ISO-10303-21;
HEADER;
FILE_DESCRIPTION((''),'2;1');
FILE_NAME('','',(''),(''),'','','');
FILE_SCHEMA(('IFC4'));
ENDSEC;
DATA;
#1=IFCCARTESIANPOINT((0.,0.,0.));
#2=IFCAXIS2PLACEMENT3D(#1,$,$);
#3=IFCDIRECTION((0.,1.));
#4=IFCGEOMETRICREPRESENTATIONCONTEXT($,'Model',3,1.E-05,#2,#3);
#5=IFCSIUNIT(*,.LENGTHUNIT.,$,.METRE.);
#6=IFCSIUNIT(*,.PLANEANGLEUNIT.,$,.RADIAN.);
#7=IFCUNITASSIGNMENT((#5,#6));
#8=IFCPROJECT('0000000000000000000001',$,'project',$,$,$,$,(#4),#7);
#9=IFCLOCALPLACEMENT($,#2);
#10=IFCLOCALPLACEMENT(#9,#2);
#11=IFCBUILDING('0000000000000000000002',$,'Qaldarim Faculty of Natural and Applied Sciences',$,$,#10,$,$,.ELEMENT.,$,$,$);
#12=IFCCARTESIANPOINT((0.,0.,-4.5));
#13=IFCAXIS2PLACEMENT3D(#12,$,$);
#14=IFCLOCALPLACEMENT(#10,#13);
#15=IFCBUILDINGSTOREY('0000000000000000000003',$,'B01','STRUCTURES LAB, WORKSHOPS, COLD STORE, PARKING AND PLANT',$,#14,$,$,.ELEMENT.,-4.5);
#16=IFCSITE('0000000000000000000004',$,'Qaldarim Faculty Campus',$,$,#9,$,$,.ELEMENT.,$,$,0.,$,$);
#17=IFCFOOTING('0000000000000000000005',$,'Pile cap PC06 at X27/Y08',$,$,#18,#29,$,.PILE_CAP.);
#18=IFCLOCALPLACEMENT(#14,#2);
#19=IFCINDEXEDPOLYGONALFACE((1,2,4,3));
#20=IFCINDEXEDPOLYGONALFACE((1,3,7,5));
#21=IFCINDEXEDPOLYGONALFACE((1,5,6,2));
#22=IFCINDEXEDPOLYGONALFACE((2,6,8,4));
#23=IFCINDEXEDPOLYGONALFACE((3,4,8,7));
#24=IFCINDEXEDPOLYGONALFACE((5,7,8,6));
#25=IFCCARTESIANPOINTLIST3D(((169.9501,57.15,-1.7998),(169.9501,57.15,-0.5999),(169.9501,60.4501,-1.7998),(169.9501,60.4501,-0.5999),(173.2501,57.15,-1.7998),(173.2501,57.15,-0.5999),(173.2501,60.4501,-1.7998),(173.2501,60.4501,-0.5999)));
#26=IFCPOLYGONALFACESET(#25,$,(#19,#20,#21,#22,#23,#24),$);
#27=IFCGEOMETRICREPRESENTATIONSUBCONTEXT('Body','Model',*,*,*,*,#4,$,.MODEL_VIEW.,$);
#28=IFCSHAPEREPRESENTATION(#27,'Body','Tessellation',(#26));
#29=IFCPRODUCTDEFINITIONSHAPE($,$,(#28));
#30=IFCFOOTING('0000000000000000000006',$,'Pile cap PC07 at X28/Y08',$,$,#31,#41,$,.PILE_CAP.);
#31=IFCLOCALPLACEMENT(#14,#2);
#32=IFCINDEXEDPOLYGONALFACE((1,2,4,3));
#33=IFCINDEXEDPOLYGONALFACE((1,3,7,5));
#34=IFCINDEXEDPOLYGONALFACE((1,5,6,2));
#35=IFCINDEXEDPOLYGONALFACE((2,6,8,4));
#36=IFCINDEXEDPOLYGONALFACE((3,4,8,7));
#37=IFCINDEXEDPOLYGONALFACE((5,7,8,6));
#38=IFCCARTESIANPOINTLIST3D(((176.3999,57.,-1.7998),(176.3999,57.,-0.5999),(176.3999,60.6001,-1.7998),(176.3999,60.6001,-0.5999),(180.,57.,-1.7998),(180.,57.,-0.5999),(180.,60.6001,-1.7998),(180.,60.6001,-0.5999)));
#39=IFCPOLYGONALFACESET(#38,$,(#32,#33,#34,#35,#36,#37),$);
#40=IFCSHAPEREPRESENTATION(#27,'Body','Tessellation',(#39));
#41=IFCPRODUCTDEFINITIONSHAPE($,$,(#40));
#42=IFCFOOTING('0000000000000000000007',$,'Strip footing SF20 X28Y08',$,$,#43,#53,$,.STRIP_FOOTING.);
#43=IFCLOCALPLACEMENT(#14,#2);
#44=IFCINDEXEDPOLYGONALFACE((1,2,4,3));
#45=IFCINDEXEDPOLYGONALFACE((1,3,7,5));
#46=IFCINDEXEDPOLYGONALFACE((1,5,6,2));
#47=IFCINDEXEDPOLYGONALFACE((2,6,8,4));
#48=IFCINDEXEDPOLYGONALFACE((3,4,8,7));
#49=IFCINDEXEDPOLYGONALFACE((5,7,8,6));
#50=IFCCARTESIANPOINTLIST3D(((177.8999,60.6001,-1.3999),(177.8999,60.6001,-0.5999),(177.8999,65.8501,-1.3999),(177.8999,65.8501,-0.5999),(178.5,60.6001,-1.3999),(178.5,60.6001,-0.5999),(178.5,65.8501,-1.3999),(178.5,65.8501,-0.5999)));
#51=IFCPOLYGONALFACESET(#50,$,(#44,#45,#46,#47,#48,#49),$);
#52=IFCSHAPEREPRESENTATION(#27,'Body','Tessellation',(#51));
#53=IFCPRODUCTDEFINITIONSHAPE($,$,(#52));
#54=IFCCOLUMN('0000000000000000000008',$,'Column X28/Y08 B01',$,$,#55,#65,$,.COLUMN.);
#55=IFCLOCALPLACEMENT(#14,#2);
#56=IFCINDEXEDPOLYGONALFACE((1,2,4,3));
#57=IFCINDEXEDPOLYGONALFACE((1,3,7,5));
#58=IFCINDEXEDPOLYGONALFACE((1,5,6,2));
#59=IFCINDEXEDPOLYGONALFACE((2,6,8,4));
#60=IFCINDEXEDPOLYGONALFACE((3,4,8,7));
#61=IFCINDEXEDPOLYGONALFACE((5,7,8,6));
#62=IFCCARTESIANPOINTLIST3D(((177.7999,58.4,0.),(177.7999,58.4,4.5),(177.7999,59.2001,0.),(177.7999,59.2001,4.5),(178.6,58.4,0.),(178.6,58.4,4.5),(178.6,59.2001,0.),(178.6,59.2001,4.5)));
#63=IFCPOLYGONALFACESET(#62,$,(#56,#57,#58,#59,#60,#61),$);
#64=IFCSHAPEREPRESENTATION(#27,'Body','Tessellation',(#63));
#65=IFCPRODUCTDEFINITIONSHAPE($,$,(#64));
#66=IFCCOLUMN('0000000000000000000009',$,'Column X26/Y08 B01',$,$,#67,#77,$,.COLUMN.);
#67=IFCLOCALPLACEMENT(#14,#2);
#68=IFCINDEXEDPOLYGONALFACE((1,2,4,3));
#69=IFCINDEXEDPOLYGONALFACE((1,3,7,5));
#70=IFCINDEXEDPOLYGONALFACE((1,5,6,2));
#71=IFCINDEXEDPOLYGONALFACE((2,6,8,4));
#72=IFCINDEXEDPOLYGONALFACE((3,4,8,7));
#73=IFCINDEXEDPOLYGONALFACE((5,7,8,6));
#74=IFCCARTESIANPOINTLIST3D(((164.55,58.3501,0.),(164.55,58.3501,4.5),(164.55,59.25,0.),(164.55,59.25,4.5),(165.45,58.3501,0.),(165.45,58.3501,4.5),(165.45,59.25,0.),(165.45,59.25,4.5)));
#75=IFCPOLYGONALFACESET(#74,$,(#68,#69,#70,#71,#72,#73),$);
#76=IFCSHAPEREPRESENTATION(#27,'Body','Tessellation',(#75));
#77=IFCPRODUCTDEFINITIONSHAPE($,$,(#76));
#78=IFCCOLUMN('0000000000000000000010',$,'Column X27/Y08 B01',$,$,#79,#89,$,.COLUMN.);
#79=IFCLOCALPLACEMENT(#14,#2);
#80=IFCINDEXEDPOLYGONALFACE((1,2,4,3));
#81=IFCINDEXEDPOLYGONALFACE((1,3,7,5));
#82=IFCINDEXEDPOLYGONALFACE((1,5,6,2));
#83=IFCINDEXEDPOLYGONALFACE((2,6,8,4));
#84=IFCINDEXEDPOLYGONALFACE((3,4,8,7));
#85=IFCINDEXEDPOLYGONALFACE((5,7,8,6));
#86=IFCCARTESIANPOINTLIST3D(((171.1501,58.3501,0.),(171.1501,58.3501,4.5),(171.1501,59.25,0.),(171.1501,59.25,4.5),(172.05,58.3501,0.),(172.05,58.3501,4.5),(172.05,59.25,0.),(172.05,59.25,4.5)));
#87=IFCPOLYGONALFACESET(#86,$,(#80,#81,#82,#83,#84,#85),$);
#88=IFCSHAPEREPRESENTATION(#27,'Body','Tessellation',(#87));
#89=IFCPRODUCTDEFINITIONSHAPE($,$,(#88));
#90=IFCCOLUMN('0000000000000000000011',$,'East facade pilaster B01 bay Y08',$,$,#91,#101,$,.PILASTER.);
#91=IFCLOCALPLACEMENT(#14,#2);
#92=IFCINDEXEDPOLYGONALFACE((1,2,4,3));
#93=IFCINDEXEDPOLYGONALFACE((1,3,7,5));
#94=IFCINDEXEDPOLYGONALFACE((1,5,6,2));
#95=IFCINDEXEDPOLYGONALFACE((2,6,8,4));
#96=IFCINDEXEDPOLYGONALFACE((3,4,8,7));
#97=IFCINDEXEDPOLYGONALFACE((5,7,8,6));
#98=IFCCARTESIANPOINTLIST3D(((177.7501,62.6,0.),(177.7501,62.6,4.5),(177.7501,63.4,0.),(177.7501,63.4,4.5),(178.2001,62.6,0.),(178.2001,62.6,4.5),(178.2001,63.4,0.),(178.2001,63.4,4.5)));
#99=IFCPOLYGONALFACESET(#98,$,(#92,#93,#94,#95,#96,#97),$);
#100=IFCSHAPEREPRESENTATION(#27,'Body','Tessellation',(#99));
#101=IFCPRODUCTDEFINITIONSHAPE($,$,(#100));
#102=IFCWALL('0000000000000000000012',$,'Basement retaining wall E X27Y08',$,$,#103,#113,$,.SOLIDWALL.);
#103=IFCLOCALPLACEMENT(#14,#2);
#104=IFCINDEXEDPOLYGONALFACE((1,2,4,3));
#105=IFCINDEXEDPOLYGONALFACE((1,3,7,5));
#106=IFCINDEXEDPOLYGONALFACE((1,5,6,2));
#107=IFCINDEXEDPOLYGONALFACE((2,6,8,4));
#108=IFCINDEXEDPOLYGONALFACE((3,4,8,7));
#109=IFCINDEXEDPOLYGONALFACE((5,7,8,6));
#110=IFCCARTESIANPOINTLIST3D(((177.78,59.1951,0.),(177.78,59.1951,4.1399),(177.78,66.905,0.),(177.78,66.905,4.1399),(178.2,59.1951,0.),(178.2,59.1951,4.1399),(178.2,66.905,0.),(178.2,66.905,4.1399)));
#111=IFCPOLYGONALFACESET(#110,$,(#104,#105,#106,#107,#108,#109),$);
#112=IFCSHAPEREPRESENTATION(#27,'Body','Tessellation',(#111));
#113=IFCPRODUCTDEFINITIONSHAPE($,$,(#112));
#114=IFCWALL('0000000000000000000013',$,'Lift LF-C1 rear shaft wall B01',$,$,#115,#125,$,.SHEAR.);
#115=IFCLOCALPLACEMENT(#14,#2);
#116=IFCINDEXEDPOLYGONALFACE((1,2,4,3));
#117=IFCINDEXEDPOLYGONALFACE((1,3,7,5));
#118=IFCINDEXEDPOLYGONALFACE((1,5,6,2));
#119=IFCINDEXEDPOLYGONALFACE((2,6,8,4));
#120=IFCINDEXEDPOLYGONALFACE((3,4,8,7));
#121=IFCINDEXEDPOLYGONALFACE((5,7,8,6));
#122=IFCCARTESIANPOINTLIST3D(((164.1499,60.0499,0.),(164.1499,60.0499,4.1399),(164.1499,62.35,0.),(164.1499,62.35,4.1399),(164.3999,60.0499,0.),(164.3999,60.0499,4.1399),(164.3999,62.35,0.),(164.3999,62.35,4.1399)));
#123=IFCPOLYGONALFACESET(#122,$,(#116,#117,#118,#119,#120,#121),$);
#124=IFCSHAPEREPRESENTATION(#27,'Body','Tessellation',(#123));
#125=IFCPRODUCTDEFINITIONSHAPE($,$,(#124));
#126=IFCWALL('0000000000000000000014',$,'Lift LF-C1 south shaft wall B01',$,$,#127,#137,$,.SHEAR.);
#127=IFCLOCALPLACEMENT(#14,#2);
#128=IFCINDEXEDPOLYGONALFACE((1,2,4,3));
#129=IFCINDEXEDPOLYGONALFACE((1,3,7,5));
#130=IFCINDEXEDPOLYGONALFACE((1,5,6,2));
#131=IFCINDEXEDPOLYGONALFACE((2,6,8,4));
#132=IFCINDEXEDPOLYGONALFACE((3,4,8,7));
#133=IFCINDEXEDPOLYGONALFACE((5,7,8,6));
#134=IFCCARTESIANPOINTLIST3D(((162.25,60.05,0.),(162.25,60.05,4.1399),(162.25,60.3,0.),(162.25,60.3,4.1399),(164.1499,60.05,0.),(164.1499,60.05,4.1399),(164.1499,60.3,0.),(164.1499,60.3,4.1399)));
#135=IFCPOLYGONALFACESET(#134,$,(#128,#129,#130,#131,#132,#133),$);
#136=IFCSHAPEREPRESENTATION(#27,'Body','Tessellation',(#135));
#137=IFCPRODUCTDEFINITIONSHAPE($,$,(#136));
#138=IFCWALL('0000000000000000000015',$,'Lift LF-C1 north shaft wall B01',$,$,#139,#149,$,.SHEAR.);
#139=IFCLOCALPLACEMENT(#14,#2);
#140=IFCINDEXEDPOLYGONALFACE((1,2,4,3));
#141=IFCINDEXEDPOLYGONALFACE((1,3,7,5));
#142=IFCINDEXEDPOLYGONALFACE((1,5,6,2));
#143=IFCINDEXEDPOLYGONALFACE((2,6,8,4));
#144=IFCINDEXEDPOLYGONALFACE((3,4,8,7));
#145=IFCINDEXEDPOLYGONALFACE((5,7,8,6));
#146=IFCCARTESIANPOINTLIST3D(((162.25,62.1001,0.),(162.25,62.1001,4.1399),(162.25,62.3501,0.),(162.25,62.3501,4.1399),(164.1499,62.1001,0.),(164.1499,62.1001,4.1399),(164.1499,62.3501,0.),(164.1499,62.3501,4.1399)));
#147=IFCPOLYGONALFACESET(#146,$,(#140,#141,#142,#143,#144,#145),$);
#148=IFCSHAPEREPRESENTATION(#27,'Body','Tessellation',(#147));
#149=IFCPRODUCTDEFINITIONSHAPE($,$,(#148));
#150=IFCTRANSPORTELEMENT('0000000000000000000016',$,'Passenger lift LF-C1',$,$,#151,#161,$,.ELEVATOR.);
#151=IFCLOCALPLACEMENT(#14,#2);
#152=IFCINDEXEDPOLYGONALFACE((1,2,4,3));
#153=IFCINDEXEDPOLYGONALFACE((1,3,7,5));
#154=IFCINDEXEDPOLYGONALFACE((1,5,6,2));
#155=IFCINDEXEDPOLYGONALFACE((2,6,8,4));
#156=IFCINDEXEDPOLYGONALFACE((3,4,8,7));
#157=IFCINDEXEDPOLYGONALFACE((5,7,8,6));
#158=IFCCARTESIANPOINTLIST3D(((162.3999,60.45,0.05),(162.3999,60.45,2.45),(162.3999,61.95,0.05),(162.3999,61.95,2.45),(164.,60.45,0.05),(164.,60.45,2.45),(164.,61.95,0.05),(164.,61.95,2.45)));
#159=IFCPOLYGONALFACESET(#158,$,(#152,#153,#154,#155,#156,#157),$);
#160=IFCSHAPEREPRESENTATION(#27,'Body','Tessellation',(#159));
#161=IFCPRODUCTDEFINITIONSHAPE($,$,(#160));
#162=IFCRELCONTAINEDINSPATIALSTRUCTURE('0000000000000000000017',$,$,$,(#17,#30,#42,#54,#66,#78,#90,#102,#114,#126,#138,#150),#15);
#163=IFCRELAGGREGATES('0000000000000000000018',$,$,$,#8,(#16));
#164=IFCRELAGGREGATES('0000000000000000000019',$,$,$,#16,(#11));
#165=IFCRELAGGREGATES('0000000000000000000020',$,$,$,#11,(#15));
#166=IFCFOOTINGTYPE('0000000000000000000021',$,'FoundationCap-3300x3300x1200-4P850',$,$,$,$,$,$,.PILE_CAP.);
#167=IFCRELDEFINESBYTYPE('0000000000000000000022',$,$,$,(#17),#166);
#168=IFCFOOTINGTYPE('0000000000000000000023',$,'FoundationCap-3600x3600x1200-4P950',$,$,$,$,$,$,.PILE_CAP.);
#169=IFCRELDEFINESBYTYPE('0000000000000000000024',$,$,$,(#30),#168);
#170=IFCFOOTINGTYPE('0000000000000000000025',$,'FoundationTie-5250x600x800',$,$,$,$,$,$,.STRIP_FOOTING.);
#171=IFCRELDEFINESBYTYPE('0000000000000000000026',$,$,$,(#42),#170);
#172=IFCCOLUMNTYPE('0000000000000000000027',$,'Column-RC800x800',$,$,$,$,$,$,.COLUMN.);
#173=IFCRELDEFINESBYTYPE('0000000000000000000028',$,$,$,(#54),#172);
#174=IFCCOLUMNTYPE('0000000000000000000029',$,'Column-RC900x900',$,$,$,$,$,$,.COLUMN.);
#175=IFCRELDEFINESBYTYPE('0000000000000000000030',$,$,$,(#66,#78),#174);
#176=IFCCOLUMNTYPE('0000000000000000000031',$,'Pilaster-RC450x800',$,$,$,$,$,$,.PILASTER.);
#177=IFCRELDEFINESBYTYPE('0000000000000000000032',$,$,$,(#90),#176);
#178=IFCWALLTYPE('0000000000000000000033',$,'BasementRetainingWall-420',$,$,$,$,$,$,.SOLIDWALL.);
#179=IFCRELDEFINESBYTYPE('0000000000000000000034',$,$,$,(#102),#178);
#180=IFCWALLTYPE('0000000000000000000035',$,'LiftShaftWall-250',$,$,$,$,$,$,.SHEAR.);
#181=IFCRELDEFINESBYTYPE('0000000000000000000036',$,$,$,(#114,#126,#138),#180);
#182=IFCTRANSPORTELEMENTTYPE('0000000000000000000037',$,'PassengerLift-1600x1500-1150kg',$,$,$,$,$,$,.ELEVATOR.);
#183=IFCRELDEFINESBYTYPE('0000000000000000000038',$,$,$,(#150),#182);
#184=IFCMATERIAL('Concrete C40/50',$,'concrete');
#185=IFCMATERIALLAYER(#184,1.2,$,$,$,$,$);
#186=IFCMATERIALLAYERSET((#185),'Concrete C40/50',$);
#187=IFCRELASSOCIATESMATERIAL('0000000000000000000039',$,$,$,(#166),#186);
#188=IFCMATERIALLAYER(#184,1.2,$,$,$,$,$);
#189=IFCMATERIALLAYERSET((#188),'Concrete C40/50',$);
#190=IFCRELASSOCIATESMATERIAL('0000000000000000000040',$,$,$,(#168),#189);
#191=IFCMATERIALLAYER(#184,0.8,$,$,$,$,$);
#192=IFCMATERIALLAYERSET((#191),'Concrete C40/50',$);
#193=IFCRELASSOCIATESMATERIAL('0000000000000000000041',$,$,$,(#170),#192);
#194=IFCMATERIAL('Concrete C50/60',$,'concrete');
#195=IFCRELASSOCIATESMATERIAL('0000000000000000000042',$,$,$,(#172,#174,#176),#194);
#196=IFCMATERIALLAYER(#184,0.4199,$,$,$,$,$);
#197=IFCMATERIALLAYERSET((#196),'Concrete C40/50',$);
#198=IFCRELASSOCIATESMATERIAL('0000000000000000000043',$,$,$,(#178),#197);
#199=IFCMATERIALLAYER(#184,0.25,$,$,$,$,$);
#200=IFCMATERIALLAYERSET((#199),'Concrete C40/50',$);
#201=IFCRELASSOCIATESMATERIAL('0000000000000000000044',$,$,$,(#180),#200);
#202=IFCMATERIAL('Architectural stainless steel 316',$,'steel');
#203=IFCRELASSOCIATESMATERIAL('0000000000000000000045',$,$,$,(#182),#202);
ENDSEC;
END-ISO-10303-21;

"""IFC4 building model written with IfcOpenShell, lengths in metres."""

from ifc_helpers import new_model, si_unit, direction, frame, frame_2d, origin, origin_2d, place, context, subcontext, project, spatial, rectangle, extrude, material, layer, layer_set, material_profile, profile_set, type_object, element, save


model = new_model("IFC4")

# Units and contexts
model_context = context("Model", 3, precision=1e-05, world=origin(), true_north=direction((0.0, 1.0)))
body_context = subcontext(model_context, "Body", "Model", "MODEL_VIEW")
ifc_project = project(units=[si_unit("LENGTHUNIT", "METRE"), si_unit("PLANEANGLEUNIT", "RADIAN")], contexts=[model_context])

# Site, building, storey
site_placement = place(None, origin())
site = spatial("IfcSite", under=ifc_project, at=site_placement, Name="Qaldarim Faculty Campus", CompositionType="ELEMENT", RefElevation=0.0)
building_placement = place(site_placement, origin())
building = spatial("IfcBuilding", under=site, at=building_placement, Name="Qaldarim Faculty of Natural and Applied Sciences", CompositionType="ELEMENT")
storey_placement = place(building_placement, frame((0.0, 0.0, -4.5)))
storey = spatial("IfcBuildingStorey", under=building, at=storey_placement, Name="B01", Description="STRUCTURES LAB, WORKSHOPS, COLD STORE, PARKING AND PLANT", CompositionType="ELEMENT", Elevation=-4.5)

# Shared definitions
ifc_material_1 = material(Name="Concrete C40/50", Category="concrete")

# Footings
ifc_layer_1 = layer(ifc_material_1, 1.2)
ifc_layer_set_1 = layer_set([ifc_layer_1], Name="Concrete C40/50")
footing_type_1 = type_object("IfcFootingType", Name="FoundationCap-3300x3300x1200-4P850", PredefinedType="PILE_CAP", material=ifc_layer_set_1)
footing_1_placement = place(storey_placement, frame((171.6001, 58.8, -1.7998), z_axis=(0.0, 0.0, 1.0), x_axis=(1.0, 0.0, 0.0)))
element("IfcFooting", 1, at=footing_1_placement, inside=storey, type_object=footing_type_1, Name="Pile cap PC06 at X27/Y08", PredefinedType="PILE_CAP", context=body_context, shape_type="SweptSolid", body=[
    extrude(rectangle(XDim=3.3, YDim=3.3, at=origin_2d()), origin(), (0.0, 0.0, 1.0), 1.2),
])
ifc_layer_2 = layer(ifc_material_1, 1.2)
ifc_layer_set_2 = layer_set([ifc_layer_2], Name="Concrete C40/50")
footing_type_2 = type_object("IfcFootingType", Name="FoundationCap-3600x3600x1200-4P950", PredefinedType="PILE_CAP", material=ifc_layer_set_2)
footing_2_placement = place(storey_placement, frame((178.2, 58.8, -1.7998), z_axis=(0.0, 0.0, 1.0), x_axis=(1.0, 0.0, 0.0)))
element("IfcFooting", 2, at=footing_2_placement, inside=storey, type_object=footing_type_2, Name="Pile cap PC07 at X28/Y08", PredefinedType="PILE_CAP", context=body_context, shape_type="SweptSolid", body=[
    extrude(rectangle(XDim=3.6001, YDim=3.6001, at=origin_2d()), origin(), (0.0, 0.0, 1.0), 1.2),
])
ifc_layer_3 = layer(ifc_material_1, 0.8)
ifc_layer_set_3 = layer_set([ifc_layer_3], Name="Concrete C40/50")
footing_type_3 = type_object("IfcFootingType", Name="FoundationTie-5250x600x800", PredefinedType="STRIP_FOOTING", material=ifc_layer_set_3)
footing_3_placement = place(storey_placement, frame((178.2, 63.2251, -1.3999), z_axis=(0.0, 0.0, 1.0), x_axis=(0.0, 1.0, 0.0)))
element("IfcFooting", 3, at=footing_3_placement, inside=storey, type_object=footing_type_3, Name="Strip footing SF20 X28Y08", PredefinedType="STRIP_FOOTING", context=body_context, shape_type="SweptSolid", body=[
    extrude(rectangle(XDim=5.25, YDim=0.6001, at=origin_2d()), origin(), (0.0, 0.0, 1.0), 0.8),
])

# Columns
ifc_material_2 = material(Name="Concrete C50/60", Category="concrete")
ifc_material_profile_1 = material_profile(ifc_material_2, rectangle(XDim=0.8, YDim=0.8, at=origin_2d()), Name="RC-C800x800")
ifc_profile_set_1 = profile_set([ifc_material_profile_1], Name="Concrete C50/60")
column_type_1 = type_object("IfcColumnType", Name="Column-RC800x800", PredefinedType="COLUMN", material=ifc_profile_set_1)
column_1_placement = place(storey_placement, frame((178.2, 58.8, 0.0), z_axis=(0.0, 0.0, 1.0), x_axis=(1.0, 0.0, 0.0)))
element("IfcColumn", 4, at=column_1_placement, inside=storey, type_object=column_type_1, Name="Column X28/Y08 B01", PredefinedType="COLUMN", context=body_context, shape_type="SweptSolid", body=[
    extrude(rectangle(XDim=0.8, YDim=0.8, at=origin_2d()), origin(), (0.0, 0.0, 1.0), 4.5),
])
ifc_material_profile_2 = material_profile(ifc_material_2, rectangle(XDim=0.8999, YDim=0.8999, at=origin_2d()), Name="RC-C900x900")
ifc_profile_set_2 = profile_set([ifc_material_profile_2], Name="Concrete C50/60")
column_type_2 = type_object("IfcColumnType", Name="Column-RC900x900", PredefinedType="COLUMN", material=ifc_profile_set_2)
for number, where, z_axis, x_axis, name in (
    (5, (165.0, 58.8, 0.0), (0.0, 0.0, 1.0), (1.0, 0.0, 0.0), "Column X26/Y08 B01"),
    (6, (171.6001, 58.8, 0.0), (0.0, 0.0, 1.0), (1.0, 0.0, 0.0), "Column X27/Y08 B01"),
):
    element("IfcColumn", number, at=place(storey_placement, frame(where, z_axis=z_axis, x_axis=x_axis)), inside=storey, type_object=column_type_2, Name=name, PredefinedType="COLUMN", context=body_context, shape_type="SweptSolid", body=[
        extrude(rectangle(XDim=0.8999, YDim=0.8999, at=origin_2d()), origin(), (0.0, 0.0, 1.0), 4.5),
    ])
ifc_material_profile_3 = material_profile(ifc_material_2, rectangle(XDim=0.45, YDim=0.8, at=origin_2d()), Name="RC-C450x800")
ifc_profile_set_3 = profile_set([ifc_material_profile_3], Name="Concrete C50/60")
column_type_3 = type_object("IfcColumnType", Name="Pilaster-RC450x800", PredefinedType="PILASTER", material=ifc_profile_set_3)
column_2_placement = place(storey_placement, frame((177.9751, 63.0, 0.0), z_axis=(0.0, 0.0, 1.0), x_axis=(1.0, 0.0, 0.0)))
element("IfcColumn", 7, at=column_2_placement, inside=storey, type_object=column_type_3, Name="East facade pilaster B01 bay Y08", PredefinedType="PILASTER", context=body_context, shape_type="SweptSolid", body=[
    extrude(rectangle(XDim=0.45, YDim=0.8, at=origin_2d()), origin(), (0.0, 0.0, 1.0), 4.5),
])

# Wall
ifc_layer_4 = layer(ifc_material_1, 0.4199)
ifc_layer_set_4 = layer_set([ifc_layer_4], Name="Concrete C40/50")
wall_type_1 = type_object("IfcWallType", Name="BasementRetainingWall-420", PredefinedType="SOLIDWALL", material=ifc_layer_set_4)
wall_1_placement = place(storey_placement, frame((177.99, 59.1951, 0.0), z_axis=(0.0, 0.0, 1.0), x_axis=(0.0, 1.0, 0.0)))
element("IfcWall", 8, at=wall_1_placement, inside=storey, type_object=wall_type_1, Name="Basement retaining wall E X27Y08", PredefinedType="SOLIDWALL", context=body_context, shape_type="SweptSolid", body=[
    extrude(rectangle(XDim=7.71, YDim=0.4199, at=frame_2d((3.855, 0.0))), origin(), (0.0, 0.0, 1.0), 4.1399),
])

# Shared definitions
ifc_layer_5 = layer(ifc_material_1, 0.25)
ifc_layer_set_5 = layer_set([ifc_layer_5], Name="Concrete C40/50")
wall_type_2 = type_object("IfcWallType", Name="LiftShaftWall-250", PredefinedType="SHEAR", material=ifc_layer_set_5)
ifc_material_3 = material(Name="Architectural stainless steel 316", Category="steel")

# Walls
wall_2_placement = place(storey_placement, frame((164.2749, 60.05, 0.0), z_axis=(0.0, 0.0, 1.0), x_axis=(0.0, 1.0, 0.0)))
element("IfcWall", 9, at=wall_2_placement, inside=storey, type_object=wall_type_2, Name="Lift LF-C1 rear shaft wall B01", PredefinedType="SHEAR", context=body_context, shape_type="SweptSolid", body=[
    extrude(rectangle(XDim=2.3, YDim=0.25, at=frame_2d((1.1499, 0.0))), origin(), (0.0, 0.0, 1.0), 4.1399),
])
for number, where, z_axis, x_axis, name in (
    (10, (162.25, 60.175, 0.0), (0.0, 0.0, 1.0), (1.0, 0.0, 0.0), "Lift LF-C1 south shaft wall B01"),
    (11, (162.25, 62.2251, 0.0), (0.0, 0.0, 1.0), (1.0, 0.0, 0.0), "Lift LF-C1 north shaft wall B01"),
):
    element("IfcWall", number, at=place(storey_placement, frame(where, z_axis=z_axis, x_axis=x_axis)), inside=storey, type_object=wall_type_2, Name=name, PredefinedType="SHEAR", context=body_context, shape_type="SweptSolid", body=[
        extrude(rectangle(XDim=1.8999, YDim=0.25, at=frame_2d((0.95, 0.0))), origin(), (0.0, 0.0, 1.0), 4.1399),
    ])

# Transport element
transport_element_type = type_object("IfcTransportElementType", Name="PassengerLift-1600x1500-1150kg", PredefinedType="ELEVATOR", material=ifc_material_3)
transport_element_placement = place(storey_placement, frame((163.2, 61.2, 0.05), z_axis=(0.0, 0.0, 1.0), x_axis=(1.0, 0.0, 0.0)))
element("IfcTransportElement", 12, at=transport_element_placement, inside=storey, type_object=transport_element_type, Name="Passenger lift LF-C1", PredefinedType="ELEVATOR", context=body_context, shape_type="SweptSolid", body=[
    extrude(rectangle(XDim=1.6001, YDim=1.5, at=origin_2d()), origin(), (0.0, 0.0, 1.0), 2.3999),
])

save(model, "model.ifc")
